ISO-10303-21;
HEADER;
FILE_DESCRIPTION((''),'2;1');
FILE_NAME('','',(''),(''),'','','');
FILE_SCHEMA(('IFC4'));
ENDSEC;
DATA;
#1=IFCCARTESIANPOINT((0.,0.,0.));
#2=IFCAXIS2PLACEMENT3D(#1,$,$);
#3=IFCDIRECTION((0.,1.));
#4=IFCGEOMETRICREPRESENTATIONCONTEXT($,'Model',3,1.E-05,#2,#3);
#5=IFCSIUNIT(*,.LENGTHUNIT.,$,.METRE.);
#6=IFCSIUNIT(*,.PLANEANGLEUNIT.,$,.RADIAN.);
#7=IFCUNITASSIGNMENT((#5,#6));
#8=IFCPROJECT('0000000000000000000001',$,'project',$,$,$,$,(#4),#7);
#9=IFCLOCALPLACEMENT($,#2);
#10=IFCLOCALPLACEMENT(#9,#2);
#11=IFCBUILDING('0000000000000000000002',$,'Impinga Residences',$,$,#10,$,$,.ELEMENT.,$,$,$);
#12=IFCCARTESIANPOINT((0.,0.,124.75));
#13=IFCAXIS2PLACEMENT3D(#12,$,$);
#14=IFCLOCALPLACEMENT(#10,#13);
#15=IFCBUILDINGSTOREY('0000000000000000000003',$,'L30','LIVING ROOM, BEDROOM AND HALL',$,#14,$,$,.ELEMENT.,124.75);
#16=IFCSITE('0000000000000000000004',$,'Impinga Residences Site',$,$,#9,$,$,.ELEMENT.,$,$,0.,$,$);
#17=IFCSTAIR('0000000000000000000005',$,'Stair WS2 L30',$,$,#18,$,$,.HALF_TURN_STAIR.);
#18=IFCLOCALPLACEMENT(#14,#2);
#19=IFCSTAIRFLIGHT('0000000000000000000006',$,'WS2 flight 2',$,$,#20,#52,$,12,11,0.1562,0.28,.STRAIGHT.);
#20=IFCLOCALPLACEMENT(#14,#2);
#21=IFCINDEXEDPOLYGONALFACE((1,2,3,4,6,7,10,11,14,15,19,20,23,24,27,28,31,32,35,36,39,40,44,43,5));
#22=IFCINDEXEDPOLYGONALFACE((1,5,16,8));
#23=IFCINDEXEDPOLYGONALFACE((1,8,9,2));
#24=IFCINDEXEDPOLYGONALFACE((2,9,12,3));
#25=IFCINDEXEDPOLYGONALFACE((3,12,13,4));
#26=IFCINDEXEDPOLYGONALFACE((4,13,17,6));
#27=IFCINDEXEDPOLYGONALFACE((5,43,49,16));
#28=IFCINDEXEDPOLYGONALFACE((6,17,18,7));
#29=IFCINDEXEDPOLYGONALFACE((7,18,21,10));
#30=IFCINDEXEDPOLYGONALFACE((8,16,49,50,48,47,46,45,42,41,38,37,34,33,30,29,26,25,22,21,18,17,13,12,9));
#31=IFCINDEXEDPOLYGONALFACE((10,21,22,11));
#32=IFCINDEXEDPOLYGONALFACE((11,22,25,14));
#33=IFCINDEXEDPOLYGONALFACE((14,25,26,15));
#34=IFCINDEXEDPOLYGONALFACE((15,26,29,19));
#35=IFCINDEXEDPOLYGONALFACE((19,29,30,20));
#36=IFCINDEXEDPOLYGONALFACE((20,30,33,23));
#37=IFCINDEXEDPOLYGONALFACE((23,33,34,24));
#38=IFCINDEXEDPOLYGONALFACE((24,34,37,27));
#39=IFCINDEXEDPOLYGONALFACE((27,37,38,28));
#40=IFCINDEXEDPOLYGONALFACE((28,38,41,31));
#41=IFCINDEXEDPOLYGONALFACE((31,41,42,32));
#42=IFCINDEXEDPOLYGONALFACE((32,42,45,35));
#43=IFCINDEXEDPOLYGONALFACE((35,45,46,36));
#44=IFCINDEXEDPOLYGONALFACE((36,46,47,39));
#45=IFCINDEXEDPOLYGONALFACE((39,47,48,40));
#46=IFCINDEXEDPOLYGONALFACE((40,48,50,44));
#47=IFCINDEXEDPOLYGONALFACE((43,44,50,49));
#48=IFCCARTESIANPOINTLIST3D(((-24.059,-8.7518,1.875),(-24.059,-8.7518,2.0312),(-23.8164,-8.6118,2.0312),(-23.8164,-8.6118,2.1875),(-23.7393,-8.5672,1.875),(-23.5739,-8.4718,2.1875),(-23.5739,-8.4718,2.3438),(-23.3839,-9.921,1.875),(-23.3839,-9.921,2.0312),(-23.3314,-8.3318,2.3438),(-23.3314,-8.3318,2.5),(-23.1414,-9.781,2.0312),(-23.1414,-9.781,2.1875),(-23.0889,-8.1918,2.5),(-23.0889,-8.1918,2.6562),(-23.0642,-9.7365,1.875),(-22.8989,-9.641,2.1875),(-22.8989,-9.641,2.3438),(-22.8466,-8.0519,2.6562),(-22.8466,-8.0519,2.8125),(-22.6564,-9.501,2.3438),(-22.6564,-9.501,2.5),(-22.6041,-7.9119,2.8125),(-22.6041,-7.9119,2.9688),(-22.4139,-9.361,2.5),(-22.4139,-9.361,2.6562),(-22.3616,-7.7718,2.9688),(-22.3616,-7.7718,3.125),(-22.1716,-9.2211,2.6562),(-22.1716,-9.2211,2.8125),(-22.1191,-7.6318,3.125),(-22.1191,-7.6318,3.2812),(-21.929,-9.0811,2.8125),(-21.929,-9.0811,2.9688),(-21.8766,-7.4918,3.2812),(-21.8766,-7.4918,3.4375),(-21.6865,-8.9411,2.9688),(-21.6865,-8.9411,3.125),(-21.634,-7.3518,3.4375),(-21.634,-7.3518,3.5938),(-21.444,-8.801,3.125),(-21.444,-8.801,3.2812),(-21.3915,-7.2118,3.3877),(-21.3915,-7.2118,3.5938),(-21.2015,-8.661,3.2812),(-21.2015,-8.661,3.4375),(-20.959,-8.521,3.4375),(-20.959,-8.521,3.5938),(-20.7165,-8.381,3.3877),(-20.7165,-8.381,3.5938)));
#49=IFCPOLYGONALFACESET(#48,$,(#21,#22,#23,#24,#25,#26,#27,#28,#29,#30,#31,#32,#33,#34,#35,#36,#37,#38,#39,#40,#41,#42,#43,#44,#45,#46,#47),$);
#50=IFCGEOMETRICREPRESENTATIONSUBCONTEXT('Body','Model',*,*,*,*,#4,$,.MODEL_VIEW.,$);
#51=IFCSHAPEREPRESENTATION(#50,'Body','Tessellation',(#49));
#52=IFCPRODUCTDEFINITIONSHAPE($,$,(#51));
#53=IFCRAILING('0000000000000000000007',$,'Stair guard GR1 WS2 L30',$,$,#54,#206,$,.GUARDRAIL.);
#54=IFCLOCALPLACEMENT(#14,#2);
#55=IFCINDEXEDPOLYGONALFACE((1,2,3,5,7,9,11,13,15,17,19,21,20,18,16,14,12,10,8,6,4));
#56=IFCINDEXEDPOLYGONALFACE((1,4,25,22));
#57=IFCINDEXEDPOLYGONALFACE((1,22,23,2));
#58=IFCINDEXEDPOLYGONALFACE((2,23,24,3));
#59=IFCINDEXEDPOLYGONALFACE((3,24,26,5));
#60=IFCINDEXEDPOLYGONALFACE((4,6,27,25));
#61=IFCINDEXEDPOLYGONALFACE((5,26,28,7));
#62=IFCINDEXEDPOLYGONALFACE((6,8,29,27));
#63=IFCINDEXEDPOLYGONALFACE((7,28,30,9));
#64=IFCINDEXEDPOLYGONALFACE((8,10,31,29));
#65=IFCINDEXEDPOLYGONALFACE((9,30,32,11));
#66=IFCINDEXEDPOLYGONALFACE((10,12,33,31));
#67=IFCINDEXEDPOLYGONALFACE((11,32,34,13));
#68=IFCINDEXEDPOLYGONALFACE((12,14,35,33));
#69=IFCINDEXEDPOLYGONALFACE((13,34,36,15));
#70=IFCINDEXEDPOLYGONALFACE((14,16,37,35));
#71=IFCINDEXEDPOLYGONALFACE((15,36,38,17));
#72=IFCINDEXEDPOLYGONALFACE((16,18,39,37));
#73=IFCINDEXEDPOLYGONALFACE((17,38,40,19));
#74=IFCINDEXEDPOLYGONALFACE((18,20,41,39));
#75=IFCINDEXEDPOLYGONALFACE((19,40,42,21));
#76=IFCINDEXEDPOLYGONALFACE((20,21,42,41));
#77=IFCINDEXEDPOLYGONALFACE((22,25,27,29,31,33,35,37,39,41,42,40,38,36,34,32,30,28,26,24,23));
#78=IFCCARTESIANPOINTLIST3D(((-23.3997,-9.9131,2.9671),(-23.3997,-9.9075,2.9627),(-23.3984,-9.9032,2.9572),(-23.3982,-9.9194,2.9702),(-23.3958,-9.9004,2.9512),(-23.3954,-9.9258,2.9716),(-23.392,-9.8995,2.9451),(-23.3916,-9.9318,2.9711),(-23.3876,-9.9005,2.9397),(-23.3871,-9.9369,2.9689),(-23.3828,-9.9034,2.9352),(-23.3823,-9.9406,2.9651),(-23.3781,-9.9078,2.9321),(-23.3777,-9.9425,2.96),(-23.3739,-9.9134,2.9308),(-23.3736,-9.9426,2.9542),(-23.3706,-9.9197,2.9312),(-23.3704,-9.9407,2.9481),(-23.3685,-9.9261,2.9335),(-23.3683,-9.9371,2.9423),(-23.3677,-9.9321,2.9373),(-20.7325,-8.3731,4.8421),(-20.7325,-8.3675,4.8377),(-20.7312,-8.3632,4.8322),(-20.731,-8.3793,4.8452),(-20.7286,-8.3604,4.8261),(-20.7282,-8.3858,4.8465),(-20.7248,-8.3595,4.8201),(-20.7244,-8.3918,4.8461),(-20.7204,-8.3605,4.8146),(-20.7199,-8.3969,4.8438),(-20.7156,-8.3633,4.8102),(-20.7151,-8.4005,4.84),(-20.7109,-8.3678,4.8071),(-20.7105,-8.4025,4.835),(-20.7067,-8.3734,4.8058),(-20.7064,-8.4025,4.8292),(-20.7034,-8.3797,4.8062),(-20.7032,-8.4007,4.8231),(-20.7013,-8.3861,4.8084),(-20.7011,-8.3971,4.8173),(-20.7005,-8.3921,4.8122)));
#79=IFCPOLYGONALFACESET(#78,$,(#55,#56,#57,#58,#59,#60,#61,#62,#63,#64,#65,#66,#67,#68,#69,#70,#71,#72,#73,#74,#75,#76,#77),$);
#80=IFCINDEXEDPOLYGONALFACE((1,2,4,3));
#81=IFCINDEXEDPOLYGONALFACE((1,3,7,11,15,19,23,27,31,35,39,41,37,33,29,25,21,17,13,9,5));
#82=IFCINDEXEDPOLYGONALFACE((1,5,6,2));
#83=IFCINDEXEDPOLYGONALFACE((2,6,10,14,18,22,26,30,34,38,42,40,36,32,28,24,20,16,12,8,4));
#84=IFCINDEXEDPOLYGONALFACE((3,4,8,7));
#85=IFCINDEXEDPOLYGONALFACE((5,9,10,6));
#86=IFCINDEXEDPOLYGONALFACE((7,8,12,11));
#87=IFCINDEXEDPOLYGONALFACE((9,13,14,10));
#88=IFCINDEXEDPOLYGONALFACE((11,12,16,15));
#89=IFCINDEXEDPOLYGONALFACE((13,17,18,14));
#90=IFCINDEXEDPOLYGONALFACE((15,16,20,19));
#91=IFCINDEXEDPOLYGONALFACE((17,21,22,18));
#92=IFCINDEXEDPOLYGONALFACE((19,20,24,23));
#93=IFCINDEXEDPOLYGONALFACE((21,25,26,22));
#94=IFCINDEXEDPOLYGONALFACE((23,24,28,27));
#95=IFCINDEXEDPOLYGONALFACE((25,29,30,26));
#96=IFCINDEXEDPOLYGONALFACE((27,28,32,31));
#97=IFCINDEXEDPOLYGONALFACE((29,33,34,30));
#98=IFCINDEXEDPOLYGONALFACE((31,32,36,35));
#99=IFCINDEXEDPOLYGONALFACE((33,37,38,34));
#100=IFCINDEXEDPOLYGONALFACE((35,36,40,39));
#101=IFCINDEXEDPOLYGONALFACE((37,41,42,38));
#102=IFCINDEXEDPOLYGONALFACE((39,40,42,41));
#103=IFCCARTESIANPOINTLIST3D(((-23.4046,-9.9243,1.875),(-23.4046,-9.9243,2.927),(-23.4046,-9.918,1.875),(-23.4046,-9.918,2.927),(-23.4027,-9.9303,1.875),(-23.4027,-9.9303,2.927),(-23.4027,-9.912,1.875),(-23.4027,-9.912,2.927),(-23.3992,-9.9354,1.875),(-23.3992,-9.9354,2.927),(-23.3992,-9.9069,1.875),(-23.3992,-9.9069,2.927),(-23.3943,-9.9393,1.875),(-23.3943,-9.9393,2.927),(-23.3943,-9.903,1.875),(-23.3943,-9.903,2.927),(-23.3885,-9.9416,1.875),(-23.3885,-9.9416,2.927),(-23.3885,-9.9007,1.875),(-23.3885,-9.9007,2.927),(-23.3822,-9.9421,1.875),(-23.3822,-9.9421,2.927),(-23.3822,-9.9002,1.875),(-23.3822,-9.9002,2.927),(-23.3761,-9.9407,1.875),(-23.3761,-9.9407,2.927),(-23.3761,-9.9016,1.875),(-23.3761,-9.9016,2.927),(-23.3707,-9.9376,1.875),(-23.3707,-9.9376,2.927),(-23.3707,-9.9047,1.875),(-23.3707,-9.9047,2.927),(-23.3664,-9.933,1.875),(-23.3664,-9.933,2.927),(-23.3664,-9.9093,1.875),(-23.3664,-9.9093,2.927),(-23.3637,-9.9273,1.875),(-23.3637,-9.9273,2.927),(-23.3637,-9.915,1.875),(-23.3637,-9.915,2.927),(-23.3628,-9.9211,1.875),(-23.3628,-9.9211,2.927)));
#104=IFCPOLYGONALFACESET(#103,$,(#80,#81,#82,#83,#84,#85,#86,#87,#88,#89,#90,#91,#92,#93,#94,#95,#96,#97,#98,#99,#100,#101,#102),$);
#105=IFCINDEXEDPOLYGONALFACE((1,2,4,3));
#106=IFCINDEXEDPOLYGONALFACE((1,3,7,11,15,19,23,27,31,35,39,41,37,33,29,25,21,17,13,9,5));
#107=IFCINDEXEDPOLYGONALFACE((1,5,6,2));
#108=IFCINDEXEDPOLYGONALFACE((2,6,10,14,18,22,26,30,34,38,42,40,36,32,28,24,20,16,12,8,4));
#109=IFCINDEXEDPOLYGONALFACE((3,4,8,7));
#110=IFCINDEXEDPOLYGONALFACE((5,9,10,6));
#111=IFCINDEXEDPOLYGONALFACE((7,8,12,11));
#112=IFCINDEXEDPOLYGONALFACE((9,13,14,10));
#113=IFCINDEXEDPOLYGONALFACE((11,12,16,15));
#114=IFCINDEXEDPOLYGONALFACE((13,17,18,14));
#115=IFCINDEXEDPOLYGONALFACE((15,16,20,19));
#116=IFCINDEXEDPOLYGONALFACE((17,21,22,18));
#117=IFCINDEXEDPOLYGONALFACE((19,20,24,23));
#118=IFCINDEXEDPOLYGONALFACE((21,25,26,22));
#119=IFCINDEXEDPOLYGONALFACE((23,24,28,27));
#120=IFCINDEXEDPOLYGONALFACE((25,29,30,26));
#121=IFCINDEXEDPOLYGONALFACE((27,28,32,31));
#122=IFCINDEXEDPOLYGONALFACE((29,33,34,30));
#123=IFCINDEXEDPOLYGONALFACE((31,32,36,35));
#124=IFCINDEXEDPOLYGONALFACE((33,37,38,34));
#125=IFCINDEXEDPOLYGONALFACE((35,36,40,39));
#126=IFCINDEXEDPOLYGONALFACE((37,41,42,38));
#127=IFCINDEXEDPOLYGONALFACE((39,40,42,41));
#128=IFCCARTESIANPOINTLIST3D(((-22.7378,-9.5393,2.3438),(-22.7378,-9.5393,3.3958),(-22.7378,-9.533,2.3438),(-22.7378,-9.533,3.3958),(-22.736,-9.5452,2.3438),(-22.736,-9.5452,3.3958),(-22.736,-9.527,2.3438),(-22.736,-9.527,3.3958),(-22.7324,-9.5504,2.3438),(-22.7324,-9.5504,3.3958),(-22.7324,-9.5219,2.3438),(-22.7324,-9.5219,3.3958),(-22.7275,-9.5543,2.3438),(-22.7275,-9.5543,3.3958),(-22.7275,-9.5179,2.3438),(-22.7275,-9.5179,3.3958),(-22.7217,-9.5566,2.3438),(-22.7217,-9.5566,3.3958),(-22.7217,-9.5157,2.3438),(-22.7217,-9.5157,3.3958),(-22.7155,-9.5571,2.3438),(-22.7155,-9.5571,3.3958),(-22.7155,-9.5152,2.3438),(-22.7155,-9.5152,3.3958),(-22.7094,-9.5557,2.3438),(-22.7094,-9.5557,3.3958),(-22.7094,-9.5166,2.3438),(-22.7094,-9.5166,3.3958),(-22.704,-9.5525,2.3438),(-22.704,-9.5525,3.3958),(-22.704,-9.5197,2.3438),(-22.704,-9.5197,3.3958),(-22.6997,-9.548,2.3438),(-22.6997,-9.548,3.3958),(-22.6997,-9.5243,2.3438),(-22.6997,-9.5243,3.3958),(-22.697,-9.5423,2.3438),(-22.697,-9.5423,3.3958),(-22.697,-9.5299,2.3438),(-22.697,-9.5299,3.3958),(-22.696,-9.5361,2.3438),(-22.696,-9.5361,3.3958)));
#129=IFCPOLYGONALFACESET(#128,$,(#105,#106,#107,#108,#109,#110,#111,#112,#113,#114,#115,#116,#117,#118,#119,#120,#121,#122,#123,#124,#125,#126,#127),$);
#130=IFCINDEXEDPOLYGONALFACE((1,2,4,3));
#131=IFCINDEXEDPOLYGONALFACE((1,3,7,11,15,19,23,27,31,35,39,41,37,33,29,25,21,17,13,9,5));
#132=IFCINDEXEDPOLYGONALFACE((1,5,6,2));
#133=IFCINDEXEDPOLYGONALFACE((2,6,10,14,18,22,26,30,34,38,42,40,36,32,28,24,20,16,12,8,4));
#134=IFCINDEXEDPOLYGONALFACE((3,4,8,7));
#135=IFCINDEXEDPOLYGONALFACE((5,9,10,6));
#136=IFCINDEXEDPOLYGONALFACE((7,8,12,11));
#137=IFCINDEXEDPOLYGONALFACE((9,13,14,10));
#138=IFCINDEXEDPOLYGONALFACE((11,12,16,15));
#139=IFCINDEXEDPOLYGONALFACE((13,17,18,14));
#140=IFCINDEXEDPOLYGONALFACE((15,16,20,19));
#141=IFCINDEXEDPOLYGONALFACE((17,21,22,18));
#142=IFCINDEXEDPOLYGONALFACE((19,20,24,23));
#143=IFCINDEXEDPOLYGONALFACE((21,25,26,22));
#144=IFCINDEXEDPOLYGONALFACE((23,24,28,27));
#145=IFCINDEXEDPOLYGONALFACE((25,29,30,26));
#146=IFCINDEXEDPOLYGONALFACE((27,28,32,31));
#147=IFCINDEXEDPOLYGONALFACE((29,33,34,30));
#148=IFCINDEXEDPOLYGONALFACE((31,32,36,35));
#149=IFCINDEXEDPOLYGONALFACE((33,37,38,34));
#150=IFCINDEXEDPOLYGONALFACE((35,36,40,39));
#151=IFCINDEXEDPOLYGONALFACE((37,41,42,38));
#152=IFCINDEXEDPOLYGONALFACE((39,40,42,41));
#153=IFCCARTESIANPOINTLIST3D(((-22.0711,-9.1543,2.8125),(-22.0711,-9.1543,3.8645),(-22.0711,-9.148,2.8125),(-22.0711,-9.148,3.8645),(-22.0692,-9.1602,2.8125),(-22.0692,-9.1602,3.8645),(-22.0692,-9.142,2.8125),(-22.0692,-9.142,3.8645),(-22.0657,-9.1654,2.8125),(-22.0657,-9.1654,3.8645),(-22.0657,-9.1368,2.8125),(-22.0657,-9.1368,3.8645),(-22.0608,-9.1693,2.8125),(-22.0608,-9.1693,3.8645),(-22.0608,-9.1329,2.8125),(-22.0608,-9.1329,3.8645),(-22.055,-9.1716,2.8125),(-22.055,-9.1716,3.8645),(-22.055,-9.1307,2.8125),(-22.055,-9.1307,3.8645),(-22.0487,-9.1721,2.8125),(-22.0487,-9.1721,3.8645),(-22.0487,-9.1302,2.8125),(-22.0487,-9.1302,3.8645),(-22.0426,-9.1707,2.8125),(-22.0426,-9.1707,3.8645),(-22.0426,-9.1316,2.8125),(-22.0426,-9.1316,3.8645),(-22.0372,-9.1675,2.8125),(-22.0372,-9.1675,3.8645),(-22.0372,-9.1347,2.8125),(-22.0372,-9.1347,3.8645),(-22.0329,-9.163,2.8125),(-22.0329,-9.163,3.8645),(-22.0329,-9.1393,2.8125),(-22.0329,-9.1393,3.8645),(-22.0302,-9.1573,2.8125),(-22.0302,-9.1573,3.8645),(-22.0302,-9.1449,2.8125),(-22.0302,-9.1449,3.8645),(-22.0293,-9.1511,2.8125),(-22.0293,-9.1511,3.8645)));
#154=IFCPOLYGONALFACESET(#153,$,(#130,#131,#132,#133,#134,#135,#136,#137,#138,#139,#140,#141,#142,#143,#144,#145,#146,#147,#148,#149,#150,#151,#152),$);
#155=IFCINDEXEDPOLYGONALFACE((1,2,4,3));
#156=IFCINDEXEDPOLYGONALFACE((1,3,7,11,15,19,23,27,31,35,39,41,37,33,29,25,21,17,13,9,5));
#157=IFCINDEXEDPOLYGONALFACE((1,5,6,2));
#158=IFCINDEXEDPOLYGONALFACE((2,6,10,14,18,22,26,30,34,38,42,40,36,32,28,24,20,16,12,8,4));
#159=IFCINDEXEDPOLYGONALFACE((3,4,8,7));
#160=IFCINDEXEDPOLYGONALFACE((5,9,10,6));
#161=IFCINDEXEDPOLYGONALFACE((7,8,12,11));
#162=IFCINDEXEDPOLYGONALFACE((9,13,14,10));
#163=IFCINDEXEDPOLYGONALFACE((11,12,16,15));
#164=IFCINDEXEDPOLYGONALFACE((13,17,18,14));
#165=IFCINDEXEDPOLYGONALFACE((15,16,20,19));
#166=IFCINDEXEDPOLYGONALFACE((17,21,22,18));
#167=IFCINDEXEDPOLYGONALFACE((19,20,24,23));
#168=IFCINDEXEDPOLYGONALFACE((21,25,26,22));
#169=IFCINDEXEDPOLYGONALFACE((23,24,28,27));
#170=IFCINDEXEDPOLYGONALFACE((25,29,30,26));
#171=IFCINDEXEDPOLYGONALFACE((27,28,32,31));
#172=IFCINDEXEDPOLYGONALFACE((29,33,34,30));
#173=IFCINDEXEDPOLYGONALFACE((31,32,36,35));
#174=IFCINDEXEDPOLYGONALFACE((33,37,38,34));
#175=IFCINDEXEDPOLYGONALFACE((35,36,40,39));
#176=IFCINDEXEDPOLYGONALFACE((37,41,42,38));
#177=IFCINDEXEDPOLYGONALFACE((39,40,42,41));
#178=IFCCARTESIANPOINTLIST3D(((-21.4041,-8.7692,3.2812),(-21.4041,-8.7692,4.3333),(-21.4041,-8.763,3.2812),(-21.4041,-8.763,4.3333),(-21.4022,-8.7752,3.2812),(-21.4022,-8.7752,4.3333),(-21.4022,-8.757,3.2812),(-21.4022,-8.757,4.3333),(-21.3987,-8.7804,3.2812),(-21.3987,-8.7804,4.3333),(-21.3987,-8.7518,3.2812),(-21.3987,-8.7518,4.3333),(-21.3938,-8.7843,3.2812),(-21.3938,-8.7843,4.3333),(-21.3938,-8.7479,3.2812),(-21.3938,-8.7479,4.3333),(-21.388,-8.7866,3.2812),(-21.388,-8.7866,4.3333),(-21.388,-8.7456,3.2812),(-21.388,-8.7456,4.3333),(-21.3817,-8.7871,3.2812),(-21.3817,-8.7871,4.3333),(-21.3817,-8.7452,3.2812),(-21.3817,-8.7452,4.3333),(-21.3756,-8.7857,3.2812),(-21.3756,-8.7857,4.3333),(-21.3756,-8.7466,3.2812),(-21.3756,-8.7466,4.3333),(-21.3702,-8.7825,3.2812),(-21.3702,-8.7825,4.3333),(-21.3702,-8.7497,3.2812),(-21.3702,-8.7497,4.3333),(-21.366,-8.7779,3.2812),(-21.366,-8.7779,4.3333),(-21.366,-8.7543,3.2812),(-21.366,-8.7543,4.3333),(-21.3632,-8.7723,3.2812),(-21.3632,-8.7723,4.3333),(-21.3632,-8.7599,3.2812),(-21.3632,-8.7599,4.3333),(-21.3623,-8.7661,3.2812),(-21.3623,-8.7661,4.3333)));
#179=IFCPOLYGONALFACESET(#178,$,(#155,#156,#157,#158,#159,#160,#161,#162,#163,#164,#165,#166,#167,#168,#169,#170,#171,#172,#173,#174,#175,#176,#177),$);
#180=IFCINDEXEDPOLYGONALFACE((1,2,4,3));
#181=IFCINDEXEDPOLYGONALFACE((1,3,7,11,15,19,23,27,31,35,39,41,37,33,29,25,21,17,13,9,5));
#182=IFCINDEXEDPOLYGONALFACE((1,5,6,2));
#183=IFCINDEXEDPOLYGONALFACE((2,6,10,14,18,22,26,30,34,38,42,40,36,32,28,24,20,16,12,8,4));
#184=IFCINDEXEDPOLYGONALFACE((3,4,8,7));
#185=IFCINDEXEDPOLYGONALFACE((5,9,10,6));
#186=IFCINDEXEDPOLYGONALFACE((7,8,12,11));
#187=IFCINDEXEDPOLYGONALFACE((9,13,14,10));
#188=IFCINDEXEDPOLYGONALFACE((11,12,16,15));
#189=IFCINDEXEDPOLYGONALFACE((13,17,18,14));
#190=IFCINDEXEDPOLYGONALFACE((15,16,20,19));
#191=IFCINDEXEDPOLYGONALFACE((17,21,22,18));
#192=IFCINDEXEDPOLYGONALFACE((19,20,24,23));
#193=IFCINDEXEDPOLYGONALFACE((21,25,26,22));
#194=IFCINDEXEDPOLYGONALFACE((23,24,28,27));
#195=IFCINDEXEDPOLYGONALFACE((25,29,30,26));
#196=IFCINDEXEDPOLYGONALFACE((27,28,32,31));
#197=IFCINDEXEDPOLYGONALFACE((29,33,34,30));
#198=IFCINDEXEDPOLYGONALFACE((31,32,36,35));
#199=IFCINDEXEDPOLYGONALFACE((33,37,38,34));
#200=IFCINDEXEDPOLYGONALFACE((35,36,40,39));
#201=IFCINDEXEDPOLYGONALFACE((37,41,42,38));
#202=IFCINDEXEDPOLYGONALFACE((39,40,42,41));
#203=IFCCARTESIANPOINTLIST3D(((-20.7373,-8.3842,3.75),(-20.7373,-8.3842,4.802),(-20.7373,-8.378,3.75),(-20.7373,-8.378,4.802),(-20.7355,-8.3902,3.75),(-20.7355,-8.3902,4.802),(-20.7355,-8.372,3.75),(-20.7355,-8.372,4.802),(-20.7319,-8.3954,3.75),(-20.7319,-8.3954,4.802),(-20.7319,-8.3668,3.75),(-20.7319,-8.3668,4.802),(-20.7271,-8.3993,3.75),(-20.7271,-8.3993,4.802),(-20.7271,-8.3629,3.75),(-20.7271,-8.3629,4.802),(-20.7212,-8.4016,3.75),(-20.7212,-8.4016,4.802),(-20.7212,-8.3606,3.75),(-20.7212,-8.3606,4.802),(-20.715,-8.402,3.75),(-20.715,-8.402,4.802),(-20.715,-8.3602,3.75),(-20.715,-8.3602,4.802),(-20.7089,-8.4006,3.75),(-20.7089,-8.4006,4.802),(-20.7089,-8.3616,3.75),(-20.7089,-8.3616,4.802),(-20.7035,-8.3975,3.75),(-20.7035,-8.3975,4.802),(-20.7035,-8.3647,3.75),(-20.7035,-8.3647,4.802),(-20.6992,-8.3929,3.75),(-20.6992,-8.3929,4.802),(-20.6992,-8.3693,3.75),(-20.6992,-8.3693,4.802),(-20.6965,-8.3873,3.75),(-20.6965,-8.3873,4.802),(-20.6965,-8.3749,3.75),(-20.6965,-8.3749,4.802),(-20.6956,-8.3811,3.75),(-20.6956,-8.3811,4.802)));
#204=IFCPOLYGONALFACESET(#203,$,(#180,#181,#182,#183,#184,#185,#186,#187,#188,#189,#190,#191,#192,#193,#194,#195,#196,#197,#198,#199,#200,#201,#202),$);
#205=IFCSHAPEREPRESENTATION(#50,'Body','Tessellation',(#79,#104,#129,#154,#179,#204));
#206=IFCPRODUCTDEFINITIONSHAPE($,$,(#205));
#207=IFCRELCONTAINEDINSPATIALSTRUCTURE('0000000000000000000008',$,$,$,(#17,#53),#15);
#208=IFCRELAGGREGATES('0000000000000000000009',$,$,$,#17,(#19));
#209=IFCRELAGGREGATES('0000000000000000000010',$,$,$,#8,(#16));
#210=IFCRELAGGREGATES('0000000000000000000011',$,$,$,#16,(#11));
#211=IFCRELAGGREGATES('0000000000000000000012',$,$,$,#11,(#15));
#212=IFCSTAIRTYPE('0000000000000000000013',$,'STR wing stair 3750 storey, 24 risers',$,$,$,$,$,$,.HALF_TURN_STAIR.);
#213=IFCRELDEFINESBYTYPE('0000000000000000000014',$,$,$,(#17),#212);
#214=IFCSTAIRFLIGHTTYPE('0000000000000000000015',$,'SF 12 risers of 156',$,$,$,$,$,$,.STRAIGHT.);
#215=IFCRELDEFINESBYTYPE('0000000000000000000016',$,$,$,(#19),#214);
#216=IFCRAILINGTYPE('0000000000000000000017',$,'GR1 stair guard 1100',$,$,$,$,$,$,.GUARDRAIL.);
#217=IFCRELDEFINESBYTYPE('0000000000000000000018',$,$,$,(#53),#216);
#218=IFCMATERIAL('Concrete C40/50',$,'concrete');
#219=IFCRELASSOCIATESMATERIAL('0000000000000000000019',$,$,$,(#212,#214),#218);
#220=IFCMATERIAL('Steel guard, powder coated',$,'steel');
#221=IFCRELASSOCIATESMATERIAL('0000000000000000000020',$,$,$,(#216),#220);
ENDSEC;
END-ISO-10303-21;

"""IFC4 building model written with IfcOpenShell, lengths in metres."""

from ifc_helpers import new_model, si_unit, direction, frame, origin, origin_2d, place, context, subcontext, project, spatial, polyline, circle, outline, extrude, material, type_object, element, aggregate, save


model = new_model("IFC4")

# Units and contexts
model_context = context("Model", 3, precision=1e-05, world=origin(), true_north=direction((0.0, 1.0)))
body_context = subcontext(model_context, "Body", "Model", "MODEL_VIEW")
ifc_project = project(units=[si_unit("LENGTHUNIT", "METRE"), si_unit("PLANEANGLEUNIT", "RADIAN")], contexts=[model_context])

# Site, building, storey
site_placement = place(None, origin())
site = spatial("IfcSite", under=ifc_project, at=site_placement, Name="Impinga Residences Site", CompositionType="ELEMENT", RefElevation=0.0)
building_placement = place(site_placement, origin())
building = spatial("IfcBuilding", under=site, at=building_placement, Name="Impinga Residences", CompositionType="ELEMENT")
storey_placement = place(building_placement, frame((0.0, 0.0, 124.75)))
storey = spatial("IfcBuildingStorey", under=building, at=storey_placement, Name="L30", Description="LIVING ROOM, BEDROOM AND HALL", CompositionType="ELEMENT", Elevation=124.75)

# Stair, stair flight
ifc_material_1 = material(Name="Concrete C40/50", Category="concrete")
stair_type = type_object("IfcStairType", Name="STR wing stair 3750 storey, 24 risers", PredefinedType="HALF_TURN_STAIR", material=ifc_material_1)
stair_placement = place(storey_placement, origin())
stair = element("IfcStair", 1, at=stair_placement, inside=storey, type_object=stair_type, Name="Stair WS2 L30", PredefinedType="HALF_TURN_STAIR")
stair_flight_type = type_object("IfcStairFlightType", Name="SF 12 risers of 156", PredefinedType="STRAIGHT", material=ifc_material_1)
stair_flight_1_placement = place(storey_placement, frame((-23.7214, -9.3364, 1.875), z_axis=(0.0, 0.0, 1.0), x_axis=(0.866025, 0.5, 0.0)))
stair_flight_1 = element("IfcStairFlight", 2, at=stair_flight_1_placement, type_object=stair_flight_type, Name="WS2 flight 2", NumberOfRisers=12, NumberOfTreads=11, PredefinedType="STRAIGHT", RiserHeight=0.1562, TreadLength=0.28, context=body_context, shape_type="SweptSolid", body=[
    extrude(outline(polyline([(0.0, 0.0), (0.0, 0.1562), (0.28, 0.1562), (0.28, 0.3125), (0.5601, 0.3125), (0.5601, 0.4688), (0.8401, 0.4688), (0.8401, 0.625), (1.1201, 0.625), (1.1201, 0.7812), (1.3999, 0.7812), (1.3999, 0.9375), (1.6799, 0.9375), (1.6799, 1.0938), (1.96, 1.0938), (1.96, 1.25), (2.24, 1.25), (2.24, 1.4062), (2.52, 1.4062), (2.52, 1.5625), (2.8, 1.5625), (2.8, 1.7188), (3.0801, 1.7188), (3.0801, 1.875), (3.0801, 1.5127), (0.3691, 0.0), (0.0, 0.0)])), frame((0.0, 0.675, 0.0), z_axis=(0.0, -1.0, 0.0), x_axis=(1.0, 0.0, 0.0)), (0.0, 0.0, 1.0), 1.3501),
])
aggregate(stair, [stair_flight_1])

# Railing
ifc_material_2 = material(Name="Steel guard, powder coated", Category="steel")
railing_type_1 = type_object("IfcRailingType", Name="GR1 stair guard 1100", PredefinedType="GUARDRAIL", material=ifc_material_2)
railing_1_placement = place(storey_placement, frame((-23.3838, -9.9211, 1.875)))
element("IfcRailing", 3, at=railing_1_placement, inside=storey, type_object=railing_type_1, Name="Stair guard GR1 WS2 L30", PredefinedType="GUARDRAIL", context=body_context, shape_type="SweptSolid", body=[
    extrude(circle(Radius=0.0239, at=origin_2d()), frame((0.0, 0.0, 1.0762), z_axis=(0.739716, 0.427105, 0.520002), x_axis=(-0.500027, 0.86601, 0.0)), (0.0, 0.0, 1.0), 3.6057),
    extrude(circle(Radius=0.021, at=origin_2d()), origin(), (0.0, 0.0, 1.0), 1.052),
    extrude(circle(Radius=0.021, at=origin_2d()), frame((0.6667, 0.385, 0.4688)), (0.0, 0.0, 1.0), 1.052),
    extrude(circle(Radius=0.021, at=origin_2d()), frame((1.3335, 0.77, 0.9375)), (0.0, 0.0, 1.0), 1.052),
    extrude(circle(Radius=0.021, at=origin_2d()), frame((2.0005, 1.155, 1.4062)), (0.0, 0.0, 1.0), 1.052),
    extrude(circle(Radius=0.021, at=origin_2d()), frame((2.6672, 1.54, 1.875)), (0.0, 0.0, 1.0), 1.052),
])

save(model, "model.ifc")
